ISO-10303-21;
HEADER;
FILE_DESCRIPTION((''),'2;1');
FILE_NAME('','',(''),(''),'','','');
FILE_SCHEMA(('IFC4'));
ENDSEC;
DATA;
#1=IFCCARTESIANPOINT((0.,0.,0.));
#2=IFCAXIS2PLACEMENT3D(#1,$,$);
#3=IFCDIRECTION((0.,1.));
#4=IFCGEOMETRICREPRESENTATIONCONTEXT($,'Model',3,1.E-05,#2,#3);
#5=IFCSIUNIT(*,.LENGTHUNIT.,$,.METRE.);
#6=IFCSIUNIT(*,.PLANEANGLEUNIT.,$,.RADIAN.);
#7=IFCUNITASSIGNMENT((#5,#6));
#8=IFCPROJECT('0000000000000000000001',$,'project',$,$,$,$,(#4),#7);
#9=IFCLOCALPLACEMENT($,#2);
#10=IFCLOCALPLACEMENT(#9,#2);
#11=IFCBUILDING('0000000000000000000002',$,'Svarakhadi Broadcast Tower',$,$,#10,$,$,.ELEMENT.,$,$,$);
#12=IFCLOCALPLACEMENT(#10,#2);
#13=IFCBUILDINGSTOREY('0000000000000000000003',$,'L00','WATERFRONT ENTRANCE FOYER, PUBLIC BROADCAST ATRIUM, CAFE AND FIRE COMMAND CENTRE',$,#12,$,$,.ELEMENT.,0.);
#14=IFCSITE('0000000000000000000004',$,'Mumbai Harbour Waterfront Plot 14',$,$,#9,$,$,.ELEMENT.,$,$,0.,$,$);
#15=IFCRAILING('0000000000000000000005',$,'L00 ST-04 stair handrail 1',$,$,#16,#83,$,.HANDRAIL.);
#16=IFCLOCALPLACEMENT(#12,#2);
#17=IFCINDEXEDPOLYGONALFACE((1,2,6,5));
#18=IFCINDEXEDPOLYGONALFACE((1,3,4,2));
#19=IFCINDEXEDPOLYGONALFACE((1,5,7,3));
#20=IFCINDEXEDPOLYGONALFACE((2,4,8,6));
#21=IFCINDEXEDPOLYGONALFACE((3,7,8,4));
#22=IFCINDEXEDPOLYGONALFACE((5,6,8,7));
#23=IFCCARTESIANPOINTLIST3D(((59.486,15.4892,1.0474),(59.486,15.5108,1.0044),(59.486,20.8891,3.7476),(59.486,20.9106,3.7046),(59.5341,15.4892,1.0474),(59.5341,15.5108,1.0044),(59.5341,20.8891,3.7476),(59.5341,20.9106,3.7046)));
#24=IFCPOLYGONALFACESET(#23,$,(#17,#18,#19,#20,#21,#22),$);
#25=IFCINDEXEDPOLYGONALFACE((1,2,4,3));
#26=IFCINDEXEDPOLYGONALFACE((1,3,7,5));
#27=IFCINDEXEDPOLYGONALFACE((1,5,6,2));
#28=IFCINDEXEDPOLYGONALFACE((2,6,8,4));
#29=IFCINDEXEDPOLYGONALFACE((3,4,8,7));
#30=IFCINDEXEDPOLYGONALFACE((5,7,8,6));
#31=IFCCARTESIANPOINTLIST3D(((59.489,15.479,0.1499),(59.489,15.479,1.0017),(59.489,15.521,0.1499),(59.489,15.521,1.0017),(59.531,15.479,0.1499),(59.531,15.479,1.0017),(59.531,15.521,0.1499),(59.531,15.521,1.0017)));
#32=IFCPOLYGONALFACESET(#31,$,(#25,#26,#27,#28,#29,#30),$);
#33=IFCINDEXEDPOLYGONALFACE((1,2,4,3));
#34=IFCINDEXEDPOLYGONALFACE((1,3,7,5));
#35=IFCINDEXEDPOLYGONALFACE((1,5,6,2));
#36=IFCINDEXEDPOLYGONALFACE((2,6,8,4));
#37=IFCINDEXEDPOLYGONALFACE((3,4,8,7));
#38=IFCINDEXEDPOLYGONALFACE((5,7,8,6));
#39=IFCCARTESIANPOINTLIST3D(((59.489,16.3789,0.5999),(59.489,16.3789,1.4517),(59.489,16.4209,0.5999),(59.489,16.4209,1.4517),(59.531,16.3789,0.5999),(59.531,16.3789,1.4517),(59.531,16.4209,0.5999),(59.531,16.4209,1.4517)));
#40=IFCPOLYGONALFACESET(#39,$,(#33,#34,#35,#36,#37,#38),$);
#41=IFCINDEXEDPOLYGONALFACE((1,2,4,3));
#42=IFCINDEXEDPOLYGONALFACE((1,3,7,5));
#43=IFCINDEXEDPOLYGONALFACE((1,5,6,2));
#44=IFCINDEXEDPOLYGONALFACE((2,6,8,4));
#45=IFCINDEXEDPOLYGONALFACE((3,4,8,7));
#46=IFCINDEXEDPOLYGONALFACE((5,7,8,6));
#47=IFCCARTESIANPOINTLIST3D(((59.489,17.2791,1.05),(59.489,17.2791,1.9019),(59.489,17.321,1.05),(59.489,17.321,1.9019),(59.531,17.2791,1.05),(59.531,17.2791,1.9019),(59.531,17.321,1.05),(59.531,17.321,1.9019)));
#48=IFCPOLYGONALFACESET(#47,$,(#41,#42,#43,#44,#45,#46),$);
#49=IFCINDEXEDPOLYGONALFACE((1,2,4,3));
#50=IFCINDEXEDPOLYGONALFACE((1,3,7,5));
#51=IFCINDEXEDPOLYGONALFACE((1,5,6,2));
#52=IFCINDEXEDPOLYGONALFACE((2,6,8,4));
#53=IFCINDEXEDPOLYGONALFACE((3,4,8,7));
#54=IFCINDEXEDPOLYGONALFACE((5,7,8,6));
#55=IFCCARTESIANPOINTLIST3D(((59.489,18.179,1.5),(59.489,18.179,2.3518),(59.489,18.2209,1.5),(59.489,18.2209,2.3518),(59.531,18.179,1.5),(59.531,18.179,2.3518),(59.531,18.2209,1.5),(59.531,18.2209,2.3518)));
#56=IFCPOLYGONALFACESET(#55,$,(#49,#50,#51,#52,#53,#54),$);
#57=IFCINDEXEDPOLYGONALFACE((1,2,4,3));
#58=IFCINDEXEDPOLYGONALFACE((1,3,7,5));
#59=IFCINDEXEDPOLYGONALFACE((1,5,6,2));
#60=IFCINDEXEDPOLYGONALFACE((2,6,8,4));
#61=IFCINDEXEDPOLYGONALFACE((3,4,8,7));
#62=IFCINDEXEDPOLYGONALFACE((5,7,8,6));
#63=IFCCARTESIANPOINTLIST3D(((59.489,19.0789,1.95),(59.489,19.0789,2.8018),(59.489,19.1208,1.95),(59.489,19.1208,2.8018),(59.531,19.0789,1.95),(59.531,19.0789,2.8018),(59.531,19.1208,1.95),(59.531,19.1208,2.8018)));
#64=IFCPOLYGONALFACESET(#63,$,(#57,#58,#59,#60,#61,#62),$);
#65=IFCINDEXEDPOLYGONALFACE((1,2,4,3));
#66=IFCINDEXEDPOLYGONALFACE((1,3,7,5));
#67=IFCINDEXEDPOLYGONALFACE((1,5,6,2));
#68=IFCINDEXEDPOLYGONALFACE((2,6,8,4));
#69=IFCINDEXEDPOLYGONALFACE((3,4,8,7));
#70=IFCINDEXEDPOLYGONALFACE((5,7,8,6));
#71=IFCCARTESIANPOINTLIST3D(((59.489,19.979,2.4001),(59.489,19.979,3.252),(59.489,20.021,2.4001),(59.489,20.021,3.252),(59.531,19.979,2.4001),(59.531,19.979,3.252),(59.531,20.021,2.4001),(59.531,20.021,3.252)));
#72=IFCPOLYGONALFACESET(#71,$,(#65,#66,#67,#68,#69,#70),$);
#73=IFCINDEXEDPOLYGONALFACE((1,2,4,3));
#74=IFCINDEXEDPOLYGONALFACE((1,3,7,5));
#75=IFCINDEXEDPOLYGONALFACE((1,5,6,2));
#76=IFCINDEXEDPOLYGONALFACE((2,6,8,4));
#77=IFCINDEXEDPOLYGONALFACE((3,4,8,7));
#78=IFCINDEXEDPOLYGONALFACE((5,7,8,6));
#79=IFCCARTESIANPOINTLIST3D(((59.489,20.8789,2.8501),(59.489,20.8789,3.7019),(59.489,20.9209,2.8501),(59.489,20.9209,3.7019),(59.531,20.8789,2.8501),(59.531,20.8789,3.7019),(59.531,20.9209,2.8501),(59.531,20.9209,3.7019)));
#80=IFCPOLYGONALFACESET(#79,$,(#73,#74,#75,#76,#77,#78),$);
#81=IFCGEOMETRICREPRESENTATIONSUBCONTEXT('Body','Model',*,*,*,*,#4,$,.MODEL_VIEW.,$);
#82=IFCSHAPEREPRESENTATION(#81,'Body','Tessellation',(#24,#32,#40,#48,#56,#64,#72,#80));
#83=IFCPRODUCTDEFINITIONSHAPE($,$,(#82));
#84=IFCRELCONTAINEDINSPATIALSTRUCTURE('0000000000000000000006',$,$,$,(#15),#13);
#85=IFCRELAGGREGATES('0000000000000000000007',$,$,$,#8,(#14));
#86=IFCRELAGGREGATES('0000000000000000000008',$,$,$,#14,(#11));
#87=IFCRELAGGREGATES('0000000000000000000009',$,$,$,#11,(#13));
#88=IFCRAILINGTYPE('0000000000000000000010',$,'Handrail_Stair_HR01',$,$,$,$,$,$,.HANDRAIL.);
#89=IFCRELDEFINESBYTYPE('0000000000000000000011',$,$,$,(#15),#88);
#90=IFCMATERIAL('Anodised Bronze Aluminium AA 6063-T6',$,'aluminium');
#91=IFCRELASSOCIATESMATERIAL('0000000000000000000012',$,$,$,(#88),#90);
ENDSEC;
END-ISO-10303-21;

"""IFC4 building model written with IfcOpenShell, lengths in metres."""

from ifc_helpers import new_model, si_unit, direction, frame, origin, origin_2d, place, context, subcontext, project, spatial, rectangle, extrude, material, type_object, element, save


model = new_model("IFC4")

# Units and contexts
model_context = context("Model", 3, precision=1e-05, world=origin(), true_north=direction((0.0, 1.0)))
body_context = subcontext(model_context, "Body", "Model", "MODEL_VIEW")
ifc_project = project(units=[si_unit("LENGTHUNIT", "METRE"), si_unit("PLANEANGLEUNIT", "RADIAN")], contexts=[model_context])

# Site, building, storey
site_placement = place(None, origin())
site = spatial("IfcSite", under=ifc_project, at=site_placement, Name="Mumbai Harbour Waterfront Plot 14", CompositionType="ELEMENT", RefElevation=0.0)
building_placement = place(site_placement, origin())
building = spatial("IfcBuilding", under=site, at=building_placement, Name="Svarakhadi Broadcast Tower", CompositionType="ELEMENT")
storey_placement = place(building_placement, origin())
storey = spatial("IfcBuildingStorey", under=building, at=storey_placement, Name="L00", Description="WATERFRONT ENTRANCE FOYER, PUBLIC BROADCAST ATRIUM, CAFE AND FIRE COMMAND CENTRE", CompositionType="ELEMENT", Elevation=0.0)

# Shared definitions
ifc_material_1 = material(Name="Anodised Bronze Aluminium AA 6063-T6", Category="aluminium")

# Railing
railing_type_1 = type_object("IfcRailingType", Name="Handrail_Stair_HR01", PredefinedType="HANDRAIL", material=ifc_material_1)
railing_1_placement = place(storey_placement, frame((59.51, 15.5, 0.1499)))
element("IfcRailing", 1, at=railing_1_placement, inside=storey, type_object=railing_type_1, Name="L00 ST-04 stair handrail 1", PredefinedType="HANDRAIL", context=body_context, shape_type="SweptSolid", body=[
    extrude(rectangle(XDim=0.0481, YDim=0.0481, at=origin_2d()), frame((0.0, 0.0, 0.876), z_axis=(0.0, 0.894411, 0.447246), x_axis=(-1.0, 0.0, 0.0)), (0.0, 0.0, 1.0), 6.0374),
    extrude(rectangle(XDim=0.042, YDim=0.042, at=origin_2d()), origin(), (0.0, 0.0, 1.0), 0.8518),
    extrude(rectangle(XDim=0.042, YDim=0.042, at=origin_2d()), frame((0.0, 0.8999, 0.45)), (0.0, 0.0, 1.0), 0.8518),
    extrude(rectangle(XDim=0.042, YDim=0.042, at=origin_2d()), frame((0.0, 1.8, 0.9001)), (0.0, 0.0, 1.0), 0.8518),
    extrude(rectangle(XDim=0.042, YDim=0.042, at=origin_2d()), frame((0.0, 2.7, 1.3501)), (0.0, 0.0, 1.0), 0.8518),
    extrude(rectangle(XDim=0.042, YDim=0.042, at=origin_2d()), frame((0.0, 3.5999, 1.8)), (0.0, 0.0, 1.0), 0.8518),
    extrude(rectangle(XDim=0.042, YDim=0.042, at=origin_2d()), frame((0.0, 4.5, 2.2502)), (0.0, 0.0, 1.0), 0.8518),
    extrude(rectangle(XDim=0.042, YDim=0.042, at=origin_2d()), frame((0.0, 5.3999, 2.7002)), (0.0, 0.0, 1.0), 0.8518),
])

save(model, "model.ifc")
